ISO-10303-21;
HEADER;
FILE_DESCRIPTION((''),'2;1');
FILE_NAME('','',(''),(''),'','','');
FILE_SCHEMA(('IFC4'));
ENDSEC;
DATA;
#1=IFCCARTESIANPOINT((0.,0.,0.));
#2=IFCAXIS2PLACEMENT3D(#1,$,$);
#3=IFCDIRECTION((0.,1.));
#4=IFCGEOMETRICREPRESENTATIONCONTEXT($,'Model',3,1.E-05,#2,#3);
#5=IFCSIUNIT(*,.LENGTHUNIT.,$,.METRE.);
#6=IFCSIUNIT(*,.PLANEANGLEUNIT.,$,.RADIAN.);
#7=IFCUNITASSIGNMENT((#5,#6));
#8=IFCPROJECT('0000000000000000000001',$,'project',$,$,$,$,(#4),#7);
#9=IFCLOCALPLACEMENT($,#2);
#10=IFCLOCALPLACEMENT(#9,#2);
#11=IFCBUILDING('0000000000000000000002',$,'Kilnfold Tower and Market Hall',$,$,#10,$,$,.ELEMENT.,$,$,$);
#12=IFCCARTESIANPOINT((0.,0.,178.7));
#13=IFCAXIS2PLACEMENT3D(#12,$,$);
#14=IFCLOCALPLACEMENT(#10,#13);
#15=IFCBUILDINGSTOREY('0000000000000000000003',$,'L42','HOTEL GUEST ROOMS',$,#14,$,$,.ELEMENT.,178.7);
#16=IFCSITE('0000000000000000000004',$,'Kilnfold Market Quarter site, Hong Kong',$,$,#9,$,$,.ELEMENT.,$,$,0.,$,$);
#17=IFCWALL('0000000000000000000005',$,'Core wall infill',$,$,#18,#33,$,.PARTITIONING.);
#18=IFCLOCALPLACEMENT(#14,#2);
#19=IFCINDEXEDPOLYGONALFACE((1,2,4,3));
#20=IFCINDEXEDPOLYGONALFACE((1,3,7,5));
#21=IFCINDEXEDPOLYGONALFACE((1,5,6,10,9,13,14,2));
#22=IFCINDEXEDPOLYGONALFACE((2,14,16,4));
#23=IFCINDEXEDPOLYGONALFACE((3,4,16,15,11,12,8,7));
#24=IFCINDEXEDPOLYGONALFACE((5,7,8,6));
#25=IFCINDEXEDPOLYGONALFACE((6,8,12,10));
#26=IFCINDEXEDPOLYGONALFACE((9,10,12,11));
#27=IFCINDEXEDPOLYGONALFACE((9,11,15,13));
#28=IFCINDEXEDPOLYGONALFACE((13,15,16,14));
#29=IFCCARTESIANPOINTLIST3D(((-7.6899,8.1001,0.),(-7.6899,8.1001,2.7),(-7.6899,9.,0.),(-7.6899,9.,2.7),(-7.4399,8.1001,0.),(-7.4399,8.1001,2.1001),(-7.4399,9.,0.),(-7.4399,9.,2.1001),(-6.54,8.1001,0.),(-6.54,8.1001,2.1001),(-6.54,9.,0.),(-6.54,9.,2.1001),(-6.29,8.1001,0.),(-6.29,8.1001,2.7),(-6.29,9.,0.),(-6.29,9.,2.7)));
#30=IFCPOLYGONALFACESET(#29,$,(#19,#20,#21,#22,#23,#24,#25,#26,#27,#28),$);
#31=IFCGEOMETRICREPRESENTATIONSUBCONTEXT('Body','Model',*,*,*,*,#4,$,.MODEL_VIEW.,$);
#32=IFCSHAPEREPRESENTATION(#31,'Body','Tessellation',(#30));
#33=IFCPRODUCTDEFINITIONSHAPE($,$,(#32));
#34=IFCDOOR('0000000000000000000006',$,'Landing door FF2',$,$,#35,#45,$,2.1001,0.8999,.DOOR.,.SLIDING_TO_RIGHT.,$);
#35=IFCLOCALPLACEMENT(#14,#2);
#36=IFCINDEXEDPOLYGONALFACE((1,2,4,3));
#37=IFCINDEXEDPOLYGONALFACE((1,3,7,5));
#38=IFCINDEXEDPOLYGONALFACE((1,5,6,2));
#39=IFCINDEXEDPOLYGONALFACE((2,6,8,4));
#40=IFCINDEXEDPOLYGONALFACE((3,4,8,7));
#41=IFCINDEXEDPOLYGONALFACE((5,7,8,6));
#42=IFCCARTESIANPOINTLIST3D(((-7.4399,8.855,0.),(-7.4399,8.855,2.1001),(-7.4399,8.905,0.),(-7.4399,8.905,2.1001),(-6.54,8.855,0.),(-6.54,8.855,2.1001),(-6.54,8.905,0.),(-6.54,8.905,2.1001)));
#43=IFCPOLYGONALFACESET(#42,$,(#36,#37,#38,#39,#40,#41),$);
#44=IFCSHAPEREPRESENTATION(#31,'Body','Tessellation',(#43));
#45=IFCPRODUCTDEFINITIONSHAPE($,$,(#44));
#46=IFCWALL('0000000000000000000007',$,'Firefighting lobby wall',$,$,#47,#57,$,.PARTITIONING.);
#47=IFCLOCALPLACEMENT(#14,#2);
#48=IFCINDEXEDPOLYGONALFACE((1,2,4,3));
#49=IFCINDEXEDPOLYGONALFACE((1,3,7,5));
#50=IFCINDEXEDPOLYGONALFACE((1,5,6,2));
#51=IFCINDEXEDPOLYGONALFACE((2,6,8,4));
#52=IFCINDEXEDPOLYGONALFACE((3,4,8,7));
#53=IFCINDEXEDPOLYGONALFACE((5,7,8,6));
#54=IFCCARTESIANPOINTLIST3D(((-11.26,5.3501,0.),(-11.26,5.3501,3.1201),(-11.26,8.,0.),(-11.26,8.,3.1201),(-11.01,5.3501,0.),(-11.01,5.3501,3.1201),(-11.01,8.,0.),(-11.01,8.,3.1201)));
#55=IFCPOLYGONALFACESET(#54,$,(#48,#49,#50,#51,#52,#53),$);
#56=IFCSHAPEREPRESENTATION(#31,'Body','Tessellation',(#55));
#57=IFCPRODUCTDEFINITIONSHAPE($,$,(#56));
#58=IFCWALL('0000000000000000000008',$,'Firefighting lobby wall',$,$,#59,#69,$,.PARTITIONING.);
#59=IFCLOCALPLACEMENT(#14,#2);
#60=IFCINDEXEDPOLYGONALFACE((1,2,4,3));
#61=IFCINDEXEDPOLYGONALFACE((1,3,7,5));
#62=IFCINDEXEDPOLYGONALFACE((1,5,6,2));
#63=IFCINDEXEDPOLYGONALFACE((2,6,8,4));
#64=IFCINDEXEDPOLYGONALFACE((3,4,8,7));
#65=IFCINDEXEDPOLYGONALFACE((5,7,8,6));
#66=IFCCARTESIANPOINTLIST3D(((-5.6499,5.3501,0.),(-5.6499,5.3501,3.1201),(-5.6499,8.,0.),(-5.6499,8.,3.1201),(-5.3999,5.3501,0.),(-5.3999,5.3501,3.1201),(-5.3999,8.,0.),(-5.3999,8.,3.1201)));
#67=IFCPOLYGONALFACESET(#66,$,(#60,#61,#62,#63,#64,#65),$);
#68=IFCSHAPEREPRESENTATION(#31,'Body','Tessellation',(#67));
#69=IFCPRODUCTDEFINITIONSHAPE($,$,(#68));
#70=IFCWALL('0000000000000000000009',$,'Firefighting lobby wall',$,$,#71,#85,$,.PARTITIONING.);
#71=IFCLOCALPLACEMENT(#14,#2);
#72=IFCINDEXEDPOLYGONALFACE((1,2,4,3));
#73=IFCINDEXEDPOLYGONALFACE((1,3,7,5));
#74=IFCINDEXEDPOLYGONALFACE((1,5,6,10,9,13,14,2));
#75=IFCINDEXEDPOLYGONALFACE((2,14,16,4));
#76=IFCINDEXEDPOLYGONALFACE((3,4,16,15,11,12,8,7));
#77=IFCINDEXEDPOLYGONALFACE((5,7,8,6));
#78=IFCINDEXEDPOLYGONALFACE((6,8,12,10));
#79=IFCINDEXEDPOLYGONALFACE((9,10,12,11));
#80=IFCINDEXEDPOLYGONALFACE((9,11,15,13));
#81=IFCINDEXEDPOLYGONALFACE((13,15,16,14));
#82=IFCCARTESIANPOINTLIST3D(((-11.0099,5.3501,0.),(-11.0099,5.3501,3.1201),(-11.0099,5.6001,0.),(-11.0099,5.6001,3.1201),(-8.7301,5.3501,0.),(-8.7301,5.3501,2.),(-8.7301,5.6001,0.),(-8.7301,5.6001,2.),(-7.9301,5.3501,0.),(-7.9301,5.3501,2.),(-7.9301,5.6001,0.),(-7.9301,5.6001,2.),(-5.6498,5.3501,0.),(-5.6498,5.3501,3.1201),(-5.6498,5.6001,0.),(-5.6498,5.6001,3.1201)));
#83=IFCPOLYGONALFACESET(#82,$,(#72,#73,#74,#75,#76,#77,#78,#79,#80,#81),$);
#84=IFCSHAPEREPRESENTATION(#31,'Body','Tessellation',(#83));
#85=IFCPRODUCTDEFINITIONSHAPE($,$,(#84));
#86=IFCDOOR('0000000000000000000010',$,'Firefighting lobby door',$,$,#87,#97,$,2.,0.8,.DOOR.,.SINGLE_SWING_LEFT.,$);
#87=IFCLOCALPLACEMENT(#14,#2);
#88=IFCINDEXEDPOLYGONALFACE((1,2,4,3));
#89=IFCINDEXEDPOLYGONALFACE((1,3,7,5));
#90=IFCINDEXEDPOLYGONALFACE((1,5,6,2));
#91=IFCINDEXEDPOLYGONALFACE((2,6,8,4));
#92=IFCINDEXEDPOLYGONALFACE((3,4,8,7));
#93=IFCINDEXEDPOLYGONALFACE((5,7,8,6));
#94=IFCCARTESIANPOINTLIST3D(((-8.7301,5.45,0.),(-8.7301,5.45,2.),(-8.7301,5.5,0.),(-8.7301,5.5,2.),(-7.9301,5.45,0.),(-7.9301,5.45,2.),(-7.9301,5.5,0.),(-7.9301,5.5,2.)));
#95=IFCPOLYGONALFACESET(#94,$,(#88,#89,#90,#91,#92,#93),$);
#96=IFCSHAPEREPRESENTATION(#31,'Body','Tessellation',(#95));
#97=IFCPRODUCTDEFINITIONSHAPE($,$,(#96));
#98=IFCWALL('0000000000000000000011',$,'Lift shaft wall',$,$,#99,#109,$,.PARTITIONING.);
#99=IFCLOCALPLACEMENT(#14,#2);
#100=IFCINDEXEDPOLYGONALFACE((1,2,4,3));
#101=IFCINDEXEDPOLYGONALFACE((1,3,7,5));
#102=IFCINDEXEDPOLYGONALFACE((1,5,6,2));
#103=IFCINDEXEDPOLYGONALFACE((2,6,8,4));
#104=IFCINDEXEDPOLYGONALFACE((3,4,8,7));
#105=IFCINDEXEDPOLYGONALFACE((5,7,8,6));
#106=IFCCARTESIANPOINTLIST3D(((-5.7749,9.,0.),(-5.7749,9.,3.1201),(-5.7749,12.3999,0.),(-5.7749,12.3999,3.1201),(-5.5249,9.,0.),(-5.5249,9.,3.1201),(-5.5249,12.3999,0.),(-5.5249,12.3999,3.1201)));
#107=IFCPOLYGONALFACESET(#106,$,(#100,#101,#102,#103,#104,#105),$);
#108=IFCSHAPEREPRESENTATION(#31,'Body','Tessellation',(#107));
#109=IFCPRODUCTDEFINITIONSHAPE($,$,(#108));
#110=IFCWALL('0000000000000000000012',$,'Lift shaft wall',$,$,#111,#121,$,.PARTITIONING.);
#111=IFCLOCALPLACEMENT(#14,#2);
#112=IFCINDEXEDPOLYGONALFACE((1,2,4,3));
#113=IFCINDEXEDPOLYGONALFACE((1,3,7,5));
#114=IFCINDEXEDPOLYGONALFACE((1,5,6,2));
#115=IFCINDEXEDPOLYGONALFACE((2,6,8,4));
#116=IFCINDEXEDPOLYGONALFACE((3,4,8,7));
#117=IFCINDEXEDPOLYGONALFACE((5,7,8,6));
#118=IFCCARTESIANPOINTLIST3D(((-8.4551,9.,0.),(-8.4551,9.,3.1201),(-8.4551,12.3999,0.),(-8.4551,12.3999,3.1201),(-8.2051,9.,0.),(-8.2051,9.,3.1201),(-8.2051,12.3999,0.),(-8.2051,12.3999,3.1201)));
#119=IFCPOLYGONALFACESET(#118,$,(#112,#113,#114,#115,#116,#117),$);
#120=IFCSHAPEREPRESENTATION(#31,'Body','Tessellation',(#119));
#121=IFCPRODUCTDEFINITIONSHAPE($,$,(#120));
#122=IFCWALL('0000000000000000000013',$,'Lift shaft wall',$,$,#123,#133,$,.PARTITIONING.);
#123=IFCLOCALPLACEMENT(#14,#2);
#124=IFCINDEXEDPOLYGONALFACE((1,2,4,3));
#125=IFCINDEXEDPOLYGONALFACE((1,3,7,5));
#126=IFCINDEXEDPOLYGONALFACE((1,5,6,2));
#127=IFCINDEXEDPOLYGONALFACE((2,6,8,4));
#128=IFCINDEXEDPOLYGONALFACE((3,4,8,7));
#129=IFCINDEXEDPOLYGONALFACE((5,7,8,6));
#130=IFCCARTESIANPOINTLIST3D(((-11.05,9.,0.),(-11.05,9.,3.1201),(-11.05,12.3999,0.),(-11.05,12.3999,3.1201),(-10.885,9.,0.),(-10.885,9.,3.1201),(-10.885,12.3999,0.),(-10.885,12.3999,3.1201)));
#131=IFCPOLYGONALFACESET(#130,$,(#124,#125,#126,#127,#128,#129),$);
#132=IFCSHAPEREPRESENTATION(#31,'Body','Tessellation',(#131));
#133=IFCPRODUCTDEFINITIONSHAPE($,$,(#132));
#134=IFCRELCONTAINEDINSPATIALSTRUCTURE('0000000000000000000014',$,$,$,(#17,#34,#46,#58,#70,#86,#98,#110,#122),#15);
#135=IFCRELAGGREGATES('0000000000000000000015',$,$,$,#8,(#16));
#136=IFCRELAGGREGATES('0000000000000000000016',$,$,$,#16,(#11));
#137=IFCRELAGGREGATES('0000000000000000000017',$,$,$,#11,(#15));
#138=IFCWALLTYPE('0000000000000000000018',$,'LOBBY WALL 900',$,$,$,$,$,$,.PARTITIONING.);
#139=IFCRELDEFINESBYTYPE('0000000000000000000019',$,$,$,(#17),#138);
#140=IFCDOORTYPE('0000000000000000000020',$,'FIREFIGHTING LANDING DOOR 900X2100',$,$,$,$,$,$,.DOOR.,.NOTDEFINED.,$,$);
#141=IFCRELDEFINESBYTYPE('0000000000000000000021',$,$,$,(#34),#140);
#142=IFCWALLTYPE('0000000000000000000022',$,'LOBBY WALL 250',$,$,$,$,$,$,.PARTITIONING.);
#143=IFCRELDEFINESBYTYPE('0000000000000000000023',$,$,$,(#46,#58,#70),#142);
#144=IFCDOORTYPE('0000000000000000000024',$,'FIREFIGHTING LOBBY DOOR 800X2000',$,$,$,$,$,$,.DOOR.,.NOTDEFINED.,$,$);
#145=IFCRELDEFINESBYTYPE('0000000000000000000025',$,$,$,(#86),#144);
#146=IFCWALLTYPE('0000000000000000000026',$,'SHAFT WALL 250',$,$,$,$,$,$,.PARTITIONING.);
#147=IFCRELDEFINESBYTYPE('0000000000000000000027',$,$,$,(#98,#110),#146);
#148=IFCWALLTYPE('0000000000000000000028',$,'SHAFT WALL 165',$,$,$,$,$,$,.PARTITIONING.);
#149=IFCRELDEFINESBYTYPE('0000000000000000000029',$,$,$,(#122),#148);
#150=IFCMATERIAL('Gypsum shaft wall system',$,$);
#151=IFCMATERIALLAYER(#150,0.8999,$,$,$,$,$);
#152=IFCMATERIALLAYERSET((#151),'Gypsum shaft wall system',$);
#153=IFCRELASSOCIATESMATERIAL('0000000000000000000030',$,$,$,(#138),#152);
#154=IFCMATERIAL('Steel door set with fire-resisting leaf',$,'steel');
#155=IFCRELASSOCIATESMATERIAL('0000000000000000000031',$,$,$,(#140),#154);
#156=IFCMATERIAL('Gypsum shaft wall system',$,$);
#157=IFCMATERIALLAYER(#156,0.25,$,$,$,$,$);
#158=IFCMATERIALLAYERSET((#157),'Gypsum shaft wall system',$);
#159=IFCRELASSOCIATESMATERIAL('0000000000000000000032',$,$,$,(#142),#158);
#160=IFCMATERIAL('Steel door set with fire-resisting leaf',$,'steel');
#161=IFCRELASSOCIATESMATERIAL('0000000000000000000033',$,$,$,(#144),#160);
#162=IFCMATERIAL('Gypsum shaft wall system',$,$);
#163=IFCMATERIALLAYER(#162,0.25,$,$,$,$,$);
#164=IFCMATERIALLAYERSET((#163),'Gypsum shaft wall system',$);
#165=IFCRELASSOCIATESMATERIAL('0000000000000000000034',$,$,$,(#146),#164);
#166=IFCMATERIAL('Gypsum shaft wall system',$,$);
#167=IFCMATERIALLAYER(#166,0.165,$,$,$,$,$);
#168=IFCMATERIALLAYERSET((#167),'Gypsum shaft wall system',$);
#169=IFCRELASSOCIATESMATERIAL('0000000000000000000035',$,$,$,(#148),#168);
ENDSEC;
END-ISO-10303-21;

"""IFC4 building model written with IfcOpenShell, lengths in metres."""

from ifc_helpers import new_model, si_unit, direction, frame, frame_2d, origin, place, context, subcontext, project, spatial, rectangle, extrude, source, transform, mapped, material, layer, layer_set, type_object, element, fill, save


model = new_model("IFC4")

# Units and contexts
model_context = context("Model", 3, precision=1e-05, world=origin(), true_north=direction((0.0, 1.0)))
body_context = subcontext(model_context, "Body", "Model", "MODEL_VIEW")
ifc_project = project(units=[si_unit("LENGTHUNIT", "METRE"), si_unit("PLANEANGLEUNIT", "RADIAN")], contexts=[model_context])

# Site, building, storey
site_placement = place(None, origin())
site = spatial("IfcSite", under=ifc_project, at=site_placement, Name="Kilnfold Market Quarter site, Hong Kong", CompositionType="ELEMENT", RefElevation=0.0)
building_placement = place(site_placement, origin())
building = spatial("IfcBuilding", under=site, at=building_placement, Name="Kilnfold Tower and Market Hall", CompositionType="ELEMENT")
storey_placement = place(building_placement, frame((0.0, 0.0, 178.7)))
storey = spatial("IfcBuildingStorey", under=building, at=storey_placement, Name="L42", Description="HOTEL GUEST ROOMS", CompositionType="ELEMENT", Elevation=178.7)

# Wall, opening, door
ifc_material_1 = material(Name="Gypsum shaft wall system")
ifc_layer_1 = layer(ifc_material_1, 0.8999)
ifc_layer_set_1 = layer_set([ifc_layer_1], Name="Gypsum shaft wall system")
wall_type_1 = type_object("IfcWallType", Name="LOBBY WALL 900", PredefinedType="PARTITIONING", material=ifc_layer_set_1)
ifc_material_2 = material(Name="Steel door set with fire-resisting leaf", Category="steel")
door_type_1 = type_object("IfcDoorType", Name="FIREFIGHTING LANDING DOOR 900X2100", OperationType="NOTDEFINED", PredefinedType="DOOR", material=ifc_material_2)
shared_shape_1 = source(origin(), body_context, "Body", "SweptSolid", [
    extrude(rectangle(XDim=1.3999, YDim=0.8999, at=frame_2d((0.7, 0.0))), origin(), (0.0, 0.0, 1.0), 2.7),
])
wall_1_placement = place(storey_placement, frame((-7.6899, 8.55, 0.0), z_axis=(0.0, 0.0, 1.0), x_axis=(1.0, 0.0, 0.0)))
wall_1 = element("IfcWall", 1, at=wall_1_placement, inside=storey, type_object=wall_type_1, Name="Core wall infill", PredefinedType="PARTITIONING", context=body_context, shape_type="MappedRepresentation", body=[
    mapped(shared_shape_1, transform((0.0, 0.0, 0.0))),
])
opening_1_placement = place(wall_1_placement, frame((0.25, 0.0, 0.0)))
opening_1 = element("IfcOpeningElement", 2, at=opening_1_placement, cuts=wall_1, PredefinedType="OPENING", context=body_context, shape_type="SweptSolid", body=[
    extrude(rectangle(XDim=0.8999, YDim=2.1001, at=frame_2d((0.45, 1.05))), frame((0.0, 0.46, 0.0), z_axis=(0.0, -1.0, 0.0), x_axis=(1.0, 0.0, 0.0)), (0.0, 0.0, 1.0), 0.9199),
])
door_1_placement = place(opening_1_placement, origin())
door_1 = element("IfcDoor", 3, at=door_1_placement, inside=storey, type_object=door_type_1, Name="Landing door FF2", OperationType="SLIDING_TO_RIGHT", OverallHeight=2.1001, OverallWidth=0.8999, PredefinedType="DOOR", context=body_context, shape_type="SweptSolid", body=[
    extrude(rectangle(XDim=0.8999, YDim=2.1001, at=frame_2d((0.45, 1.05))), frame((0.0, 0.355, 0.0), z_axis=(0.0, -1.0, 0.0), x_axis=(1.0, 0.0, 0.0)), (0.0, 0.0, 1.0), 0.05),
])
fill(opening_1, door_1)

# Walls
ifc_material_3 = material(Name="Gypsum shaft wall system")
ifc_layer_2 = layer(ifc_material_3, 0.25)
ifc_layer_set_2 = layer_set([ifc_layer_2], Name="Gypsum shaft wall system")
wall_type_2 = type_object("IfcWallType", Name="LOBBY WALL 250", PredefinedType="PARTITIONING", material=ifc_layer_set_2)
shared_shape_2 = source(origin(), body_context, "Body", "SweptSolid", [
    extrude(rectangle(XDim=2.6499, YDim=0.25, at=frame_2d((1.325, 0.0))), origin(), (0.0, 0.0, 1.0), 3.1201),
])
for number, where, z_axis, x_axis, name in (
    (4, (-11.135, 5.3501, 0.0), (0.0, 0.0, 1.0), (0.0, 1.0, 0.0), "Firefighting lobby wall"),
    (5, (-5.5249, 5.3501, 0.0), (0.0, 0.0, 1.0), (0.0, 1.0, 0.0), "Firefighting lobby wall"),
):
    element("IfcWall", number, at=place(storey_placement, frame(where, z_axis=z_axis, x_axis=x_axis)), inside=storey, type_object=wall_type_2, Name=name, PredefinedType="PARTITIONING", context=body_context, shape_type="MappedRepresentation", body=[
        mapped(shared_shape_2, transform((0.0, 0.0, 0.0))),
    ])

# Wall, opening, door
shared_shape_3 = source(origin(), body_context, "Body", "SweptSolid", [
    extrude(rectangle(XDim=5.3601, YDim=0.25, at=frame_2d((2.6802, 0.0))), origin(), (0.0, 0.0, 1.0), 3.1201),
])
wall_2_placement = place(storey_placement, frame((-11.01, 5.4751, 0.0), z_axis=(0.0, 0.0, 1.0), x_axis=(1.0, 0.0, 0.0)))
wall_2 = element("IfcWall", 6, at=wall_2_placement, inside=storey, type_object=wall_type_2, Name="Firefighting lobby wall", PredefinedType="PARTITIONING", context=body_context, shape_type="MappedRepresentation", body=[
    mapped(shared_shape_3, transform((0.0, 0.0, 0.0))),
])
opening_2_placement = place(wall_2_placement, frame((2.28, 0.0, 0.0)))
opening_2 = element("IfcOpeningElement", 7, at=opening_2_placement, cuts=wall_2, PredefinedType="OPENING", context=body_context, shape_type="SweptSolid", body=[
    extrude(rectangle(XDim=0.8, YDim=2.0, at=frame_2d((0.3999, 1.0))), frame((0.0, 0.135, 0.0), z_axis=(0.0, -1.0, 0.0), x_axis=(1.0, 0.0, 0.0)), (0.0, 0.0, 1.0), 0.27),
])
ifc_material_4 = material(Name="Steel door set with fire-resisting leaf", Category="steel")
door_type_2 = type_object("IfcDoorType", Name="FIREFIGHTING LOBBY DOOR 800X2000", OperationType="NOTDEFINED", PredefinedType="DOOR", material=ifc_material_4)
door_2_placement = place(opening_2_placement, origin())
door_2 = element("IfcDoor", 8, at=door_2_placement, inside=storey, type_object=door_type_2, Name="Firefighting lobby door", OperationType="SINGLE_SWING_LEFT", OverallHeight=2.0, OverallWidth=0.8, PredefinedType="DOOR", context=body_context, shape_type="SweptSolid", body=[
    extrude(rectangle(XDim=0.8, YDim=2.0, at=frame_2d((0.3999, 1.0))), frame((0.0, 0.0249, 0.0), z_axis=(0.0, -1.0, 0.0), x_axis=(1.0, 0.0, 0.0)), (0.0, 0.0, 1.0), 0.05),
])
fill(opening_2, door_2)

# Walls
ifc_material_5 = material(Name="Gypsum shaft wall system")
ifc_layer_3 = layer(ifc_material_5, 0.25)
ifc_layer_set_3 = layer_set([ifc_layer_3], Name="Gypsum shaft wall system")
wall_type_3 = type_object("IfcWallType", Name="SHAFT WALL 250", PredefinedType="PARTITIONING", material=ifc_layer_set_3)
shared_shape_4 = source(origin(), body_context, "Body", "SweptSolid", [
    extrude(rectangle(XDim=3.3999, YDim=0.25, at=frame_2d((1.7, 0.0))), origin(), (0.0, 0.0, 1.0), 3.1201),
])
for number, where, z_axis, x_axis, name in (
    (9, (-5.6499, 9.0, 0.0), (0.0, 0.0, 1.0), (0.0, 1.0, 0.0), "Lift shaft wall"),
    (10, (-8.3301, 9.0, 0.0), (0.0, 0.0, 1.0), (0.0, 1.0, 0.0), "Lift shaft wall"),
):
    element("IfcWall", number, at=place(storey_placement, frame(where, z_axis=z_axis, x_axis=x_axis)), inside=storey, type_object=wall_type_3, Name=name, PredefinedType="PARTITIONING", context=body_context, shape_type="MappedRepresentation", body=[
        mapped(shared_shape_4, transform((0.0, 0.0, 0.0))),
    ])
ifc_material_6 = material(Name="Gypsum shaft wall system")
ifc_layer_4 = layer(ifc_material_6, 0.165)
ifc_layer_set_4 = layer_set([ifc_layer_4], Name="Gypsum shaft wall system")
wall_type_4 = type_object("IfcWallType", Name="SHAFT WALL 165", PredefinedType="PARTITIONING", material=ifc_layer_set_4)
shared_shape_5 = source(origin(), body_context, "Body", "SweptSolid", [
    extrude(rectangle(XDim=3.3999, YDim=0.165, at=frame_2d((1.7, 0.0))), origin(), (0.0, 0.0, 1.0), 3.1201),
])
wall_3_placement = place(storey_placement, frame((-10.9675, 9.0, 0.0), z_axis=(0.0, 0.0, 1.0), x_axis=(0.0, 1.0, 0.0)))
element("IfcWall", 11, at=wall_3_placement, inside=storey, type_object=wall_type_4, Name="Lift shaft wall", PredefinedType="PARTITIONING", context=body_context, shape_type="MappedRepresentation", body=[
    mapped(shared_shape_5, transform((0.0, 0.0, 0.0))),
])

save(model, "model.ifc")
